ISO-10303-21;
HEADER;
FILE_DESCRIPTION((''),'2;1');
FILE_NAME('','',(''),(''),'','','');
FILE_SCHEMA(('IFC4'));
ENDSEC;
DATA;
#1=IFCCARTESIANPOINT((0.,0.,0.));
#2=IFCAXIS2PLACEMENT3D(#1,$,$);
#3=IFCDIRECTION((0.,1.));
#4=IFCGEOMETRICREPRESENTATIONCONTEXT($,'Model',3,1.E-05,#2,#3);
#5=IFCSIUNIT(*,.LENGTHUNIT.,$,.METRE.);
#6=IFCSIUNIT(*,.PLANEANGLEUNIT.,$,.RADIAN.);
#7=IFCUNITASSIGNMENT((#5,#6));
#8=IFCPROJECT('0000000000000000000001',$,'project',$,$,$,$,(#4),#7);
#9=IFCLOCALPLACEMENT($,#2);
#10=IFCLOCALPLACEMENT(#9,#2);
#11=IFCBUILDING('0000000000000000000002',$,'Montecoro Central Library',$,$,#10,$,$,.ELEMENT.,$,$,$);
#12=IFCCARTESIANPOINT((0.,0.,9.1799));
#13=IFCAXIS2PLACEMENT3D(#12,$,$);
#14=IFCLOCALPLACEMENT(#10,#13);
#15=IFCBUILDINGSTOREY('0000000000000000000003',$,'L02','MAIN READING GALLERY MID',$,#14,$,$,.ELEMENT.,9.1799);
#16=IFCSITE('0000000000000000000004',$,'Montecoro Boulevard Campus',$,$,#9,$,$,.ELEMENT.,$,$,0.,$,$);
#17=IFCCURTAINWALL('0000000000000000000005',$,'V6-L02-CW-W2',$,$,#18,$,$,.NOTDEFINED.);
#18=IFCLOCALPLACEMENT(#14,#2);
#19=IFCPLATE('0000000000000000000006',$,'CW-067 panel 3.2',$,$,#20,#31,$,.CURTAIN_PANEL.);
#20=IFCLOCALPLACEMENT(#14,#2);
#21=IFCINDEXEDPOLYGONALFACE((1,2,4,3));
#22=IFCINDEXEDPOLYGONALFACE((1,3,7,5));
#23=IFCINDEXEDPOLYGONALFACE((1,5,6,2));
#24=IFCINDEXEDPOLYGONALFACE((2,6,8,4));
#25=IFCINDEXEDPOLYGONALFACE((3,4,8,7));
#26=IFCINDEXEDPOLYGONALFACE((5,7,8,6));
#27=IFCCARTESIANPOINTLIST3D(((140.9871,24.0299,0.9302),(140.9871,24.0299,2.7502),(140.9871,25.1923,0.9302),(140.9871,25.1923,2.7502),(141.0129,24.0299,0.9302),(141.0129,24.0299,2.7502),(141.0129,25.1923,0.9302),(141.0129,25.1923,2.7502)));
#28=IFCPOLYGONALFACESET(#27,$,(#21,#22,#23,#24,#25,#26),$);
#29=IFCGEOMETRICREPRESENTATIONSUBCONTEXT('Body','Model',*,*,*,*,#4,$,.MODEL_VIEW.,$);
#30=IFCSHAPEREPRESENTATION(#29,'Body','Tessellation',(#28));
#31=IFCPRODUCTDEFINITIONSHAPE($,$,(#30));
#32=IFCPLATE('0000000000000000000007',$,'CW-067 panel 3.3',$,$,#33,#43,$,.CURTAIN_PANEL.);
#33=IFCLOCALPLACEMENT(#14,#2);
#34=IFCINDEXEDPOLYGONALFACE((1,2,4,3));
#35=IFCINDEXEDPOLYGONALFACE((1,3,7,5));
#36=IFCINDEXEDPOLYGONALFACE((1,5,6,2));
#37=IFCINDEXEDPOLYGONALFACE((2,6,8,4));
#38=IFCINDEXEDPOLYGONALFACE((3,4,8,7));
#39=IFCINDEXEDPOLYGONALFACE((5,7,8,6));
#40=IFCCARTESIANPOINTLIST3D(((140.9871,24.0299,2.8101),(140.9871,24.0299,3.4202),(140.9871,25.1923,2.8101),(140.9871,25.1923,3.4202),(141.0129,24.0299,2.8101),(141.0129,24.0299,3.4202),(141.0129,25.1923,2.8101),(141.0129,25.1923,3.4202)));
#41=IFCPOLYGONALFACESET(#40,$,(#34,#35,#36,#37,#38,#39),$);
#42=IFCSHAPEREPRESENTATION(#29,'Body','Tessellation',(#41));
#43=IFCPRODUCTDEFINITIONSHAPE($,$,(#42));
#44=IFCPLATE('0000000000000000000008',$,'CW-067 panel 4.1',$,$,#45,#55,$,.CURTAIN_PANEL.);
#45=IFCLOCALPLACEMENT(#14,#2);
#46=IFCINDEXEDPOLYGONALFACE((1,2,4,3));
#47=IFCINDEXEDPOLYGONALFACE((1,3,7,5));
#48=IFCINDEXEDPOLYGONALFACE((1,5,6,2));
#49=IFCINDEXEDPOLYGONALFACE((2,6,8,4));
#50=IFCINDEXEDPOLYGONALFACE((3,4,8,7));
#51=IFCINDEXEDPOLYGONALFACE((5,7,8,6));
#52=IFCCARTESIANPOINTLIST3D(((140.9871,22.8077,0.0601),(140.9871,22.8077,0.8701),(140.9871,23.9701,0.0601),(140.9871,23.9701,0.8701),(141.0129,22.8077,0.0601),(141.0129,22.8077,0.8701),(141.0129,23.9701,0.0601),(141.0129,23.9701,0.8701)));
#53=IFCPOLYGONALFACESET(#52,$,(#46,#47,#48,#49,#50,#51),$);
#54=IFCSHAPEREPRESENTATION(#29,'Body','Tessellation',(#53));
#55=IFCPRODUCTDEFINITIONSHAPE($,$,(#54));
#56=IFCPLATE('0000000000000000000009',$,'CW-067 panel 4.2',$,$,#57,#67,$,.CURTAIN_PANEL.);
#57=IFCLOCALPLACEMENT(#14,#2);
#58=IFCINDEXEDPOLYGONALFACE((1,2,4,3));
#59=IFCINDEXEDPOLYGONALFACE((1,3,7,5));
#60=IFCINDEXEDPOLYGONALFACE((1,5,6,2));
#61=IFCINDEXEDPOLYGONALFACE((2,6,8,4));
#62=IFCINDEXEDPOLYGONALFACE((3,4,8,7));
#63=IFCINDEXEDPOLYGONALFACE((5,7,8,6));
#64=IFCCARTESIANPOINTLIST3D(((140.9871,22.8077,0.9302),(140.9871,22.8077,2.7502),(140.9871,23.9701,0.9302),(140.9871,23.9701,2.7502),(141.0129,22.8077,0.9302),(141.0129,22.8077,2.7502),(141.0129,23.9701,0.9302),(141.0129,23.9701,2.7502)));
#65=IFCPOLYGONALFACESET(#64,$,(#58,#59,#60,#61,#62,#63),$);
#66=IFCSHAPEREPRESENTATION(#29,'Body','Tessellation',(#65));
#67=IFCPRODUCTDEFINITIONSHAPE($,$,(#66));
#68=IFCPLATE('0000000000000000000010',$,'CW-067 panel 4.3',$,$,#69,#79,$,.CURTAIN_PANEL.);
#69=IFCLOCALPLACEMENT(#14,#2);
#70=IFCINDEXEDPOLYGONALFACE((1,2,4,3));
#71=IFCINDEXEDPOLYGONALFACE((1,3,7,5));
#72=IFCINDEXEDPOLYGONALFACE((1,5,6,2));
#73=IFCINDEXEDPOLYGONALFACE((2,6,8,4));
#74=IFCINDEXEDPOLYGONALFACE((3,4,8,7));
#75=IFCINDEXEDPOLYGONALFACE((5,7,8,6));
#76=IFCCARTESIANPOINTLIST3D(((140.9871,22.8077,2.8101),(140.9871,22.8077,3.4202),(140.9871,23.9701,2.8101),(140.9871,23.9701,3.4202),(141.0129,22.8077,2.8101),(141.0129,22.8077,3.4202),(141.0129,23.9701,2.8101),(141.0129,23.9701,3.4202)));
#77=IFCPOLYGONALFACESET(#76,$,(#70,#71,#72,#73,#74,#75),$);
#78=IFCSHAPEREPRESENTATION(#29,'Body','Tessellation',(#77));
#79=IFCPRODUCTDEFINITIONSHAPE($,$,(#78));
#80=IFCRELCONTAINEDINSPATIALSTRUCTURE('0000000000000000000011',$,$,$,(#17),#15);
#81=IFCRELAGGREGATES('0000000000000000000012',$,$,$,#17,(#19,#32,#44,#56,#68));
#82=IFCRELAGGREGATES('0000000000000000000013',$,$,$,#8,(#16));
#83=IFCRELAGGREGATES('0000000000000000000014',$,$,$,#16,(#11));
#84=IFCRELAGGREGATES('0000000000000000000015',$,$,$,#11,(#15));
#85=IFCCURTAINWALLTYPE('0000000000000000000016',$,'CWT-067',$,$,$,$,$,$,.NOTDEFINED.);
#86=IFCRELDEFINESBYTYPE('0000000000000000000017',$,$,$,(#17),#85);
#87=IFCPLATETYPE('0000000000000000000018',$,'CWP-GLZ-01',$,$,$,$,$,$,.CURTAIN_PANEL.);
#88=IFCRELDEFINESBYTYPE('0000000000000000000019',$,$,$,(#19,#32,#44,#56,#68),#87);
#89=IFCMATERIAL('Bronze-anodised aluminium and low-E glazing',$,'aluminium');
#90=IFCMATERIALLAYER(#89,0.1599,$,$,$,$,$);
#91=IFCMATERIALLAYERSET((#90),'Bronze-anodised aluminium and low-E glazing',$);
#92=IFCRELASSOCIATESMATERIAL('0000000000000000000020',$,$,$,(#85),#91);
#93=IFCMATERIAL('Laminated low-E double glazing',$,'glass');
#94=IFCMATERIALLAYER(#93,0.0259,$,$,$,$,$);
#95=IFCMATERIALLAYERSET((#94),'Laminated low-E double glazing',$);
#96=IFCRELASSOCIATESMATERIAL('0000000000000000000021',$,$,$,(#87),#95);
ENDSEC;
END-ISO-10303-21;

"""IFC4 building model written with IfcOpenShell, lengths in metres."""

from ifc_helpers import new_model, si_unit, direction, frame, origin, origin_2d, place, context, subcontext, project, spatial, rectangle, extrude, material, layer, layer_set, type_object, element, aggregate, save


model = new_model("IFC4")

# Units and contexts
model_context = context("Model", 3, precision=1e-05, world=origin(), true_north=direction((0.0, 1.0)))
body_context = subcontext(model_context, "Body", "Model", "MODEL_VIEW")
ifc_project = project(units=[si_unit("LENGTHUNIT", "METRE"), si_unit("PLANEANGLEUNIT", "RADIAN")], contexts=[model_context])

# Site, building, storey
site_placement = place(None, origin())
site = spatial("IfcSite", under=ifc_project, at=site_placement, Name="Montecoro Boulevard Campus", CompositionType="ELEMENT", RefElevation=0.0)
building_placement = place(site_placement, origin())
building = spatial("IfcBuilding", under=site, at=building_placement, Name="Montecoro Central Library", CompositionType="ELEMENT")
storey_placement = place(building_placement, frame((0.0, 0.0, 9.1799)))
storey = spatial("IfcBuildingStorey", under=building, at=storey_placement, Name="L02", Description="MAIN READING GALLERY MID", CompositionType="ELEMENT", Elevation=9.1799)

# Curtain wall, plates
ifc_material_1 = material(Name="Bronze-anodised aluminium and low-E glazing", Category="aluminium")
ifc_layer_1 = layer(ifc_material_1, 0.1599)
ifc_layer_set_1 = layer_set([ifc_layer_1], Name="Bronze-anodised aluminium and low-E glazing")
curtain_wall_type = type_object("IfcCurtainWallType", Name="CWT-067", PredefinedType="NOTDEFINED", material=ifc_layer_set_1)
curtain_wall_placement = place(storey_placement, origin())
curtain_wall = element("IfcCurtainWall", 1, at=curtain_wall_placement, inside=storey, type_object=curtain_wall_type, Name="V6-L02-CW-W2", PredefinedType="NOTDEFINED")
ifc_material_2 = material(Name="Laminated low-E double glazing", Category="glass")
ifc_layer_2 = layer(ifc_material_2, 0.0259)
ifc_layer_set_2 = layer_set([ifc_layer_2], Name="Laminated low-E double glazing")
plate_type = type_object("IfcPlateType", Name="CWP-GLZ-01", PredefinedType="CURTAIN_PANEL", material=ifc_layer_set_2)
plate_1_placement = place(storey_placement, frame((141.0, 24.6111, 0.9302), z_axis=(0.0, 0.0, 1.0), x_axis=(0.0, -1.0, 0.0)))
plate_1 = element("IfcPlate", 2, at=plate_1_placement, type_object=plate_type, Name="CW-067 panel 3.2", PredefinedType="CURTAIN_PANEL", context=body_context, shape_type="SweptSolid", body=[
    extrude(rectangle(XDim=1.1624, YDim=0.0259, at=origin_2d()), origin(), (0.0, 0.0, 1.0), 1.8201),
])
plate_2_placement = place(storey_placement, frame((141.0, 24.6111, 2.8101), z_axis=(0.0, 0.0, 1.0), x_axis=(0.0, -1.0, 0.0)))
plate_2 = element("IfcPlate", 3, at=plate_2_placement, type_object=plate_type, Name="CW-067 panel 3.3", PredefinedType="CURTAIN_PANEL", context=body_context, shape_type="SweptSolid", body=[
    extrude(rectangle(XDim=1.1624, YDim=0.0259, at=origin_2d()), origin(), (0.0, 0.0, 1.0), 0.6101),
])
plate_3_placement = place(storey_placement, frame((141.0, 23.3889, 0.0601), z_axis=(0.0, 0.0, 1.0), x_axis=(0.0, -1.0, 0.0)))
plate_3 = element("IfcPlate", 4, at=plate_3_placement, type_object=plate_type, Name="CW-067 panel 4.1", PredefinedType="CURTAIN_PANEL", context=body_context, shape_type="SweptSolid", body=[
    extrude(rectangle(XDim=1.1624, YDim=0.0259, at=origin_2d()), origin(), (0.0, 0.0, 1.0), 0.8101),
])
plate_4_placement = place(storey_placement, frame((141.0, 23.3889, 0.9302), z_axis=(0.0, 0.0, 1.0), x_axis=(0.0, -1.0, 0.0)))
plate_4 = element("IfcPlate", 5, at=plate_4_placement, type_object=plate_type, Name="CW-067 panel 4.2", PredefinedType="CURTAIN_PANEL", context=body_context, shape_type="SweptSolid", body=[
    extrude(rectangle(XDim=1.1624, YDim=0.0259, at=origin_2d()), origin(), (0.0, 0.0, 1.0), 1.8201),
])
plate_5_placement = place(storey_placement, frame((141.0, 23.3889, 2.8101), z_axis=(0.0, 0.0, 1.0), x_axis=(0.0, -1.0, 0.0)))
plate_5 = element("IfcPlate", 6, at=plate_5_placement, type_object=plate_type, Name="CW-067 panel 4.3", PredefinedType="CURTAIN_PANEL", context=body_context, shape_type="SweptSolid", body=[
    extrude(rectangle(XDim=1.1624, YDim=0.0259, at=origin_2d()), origin(), (0.0, 0.0, 1.0), 0.6101),
])
aggregate(curtain_wall, [plate_1, plate_2, plate_3, plate_4, plate_5])

save(model, "model.ifc")
